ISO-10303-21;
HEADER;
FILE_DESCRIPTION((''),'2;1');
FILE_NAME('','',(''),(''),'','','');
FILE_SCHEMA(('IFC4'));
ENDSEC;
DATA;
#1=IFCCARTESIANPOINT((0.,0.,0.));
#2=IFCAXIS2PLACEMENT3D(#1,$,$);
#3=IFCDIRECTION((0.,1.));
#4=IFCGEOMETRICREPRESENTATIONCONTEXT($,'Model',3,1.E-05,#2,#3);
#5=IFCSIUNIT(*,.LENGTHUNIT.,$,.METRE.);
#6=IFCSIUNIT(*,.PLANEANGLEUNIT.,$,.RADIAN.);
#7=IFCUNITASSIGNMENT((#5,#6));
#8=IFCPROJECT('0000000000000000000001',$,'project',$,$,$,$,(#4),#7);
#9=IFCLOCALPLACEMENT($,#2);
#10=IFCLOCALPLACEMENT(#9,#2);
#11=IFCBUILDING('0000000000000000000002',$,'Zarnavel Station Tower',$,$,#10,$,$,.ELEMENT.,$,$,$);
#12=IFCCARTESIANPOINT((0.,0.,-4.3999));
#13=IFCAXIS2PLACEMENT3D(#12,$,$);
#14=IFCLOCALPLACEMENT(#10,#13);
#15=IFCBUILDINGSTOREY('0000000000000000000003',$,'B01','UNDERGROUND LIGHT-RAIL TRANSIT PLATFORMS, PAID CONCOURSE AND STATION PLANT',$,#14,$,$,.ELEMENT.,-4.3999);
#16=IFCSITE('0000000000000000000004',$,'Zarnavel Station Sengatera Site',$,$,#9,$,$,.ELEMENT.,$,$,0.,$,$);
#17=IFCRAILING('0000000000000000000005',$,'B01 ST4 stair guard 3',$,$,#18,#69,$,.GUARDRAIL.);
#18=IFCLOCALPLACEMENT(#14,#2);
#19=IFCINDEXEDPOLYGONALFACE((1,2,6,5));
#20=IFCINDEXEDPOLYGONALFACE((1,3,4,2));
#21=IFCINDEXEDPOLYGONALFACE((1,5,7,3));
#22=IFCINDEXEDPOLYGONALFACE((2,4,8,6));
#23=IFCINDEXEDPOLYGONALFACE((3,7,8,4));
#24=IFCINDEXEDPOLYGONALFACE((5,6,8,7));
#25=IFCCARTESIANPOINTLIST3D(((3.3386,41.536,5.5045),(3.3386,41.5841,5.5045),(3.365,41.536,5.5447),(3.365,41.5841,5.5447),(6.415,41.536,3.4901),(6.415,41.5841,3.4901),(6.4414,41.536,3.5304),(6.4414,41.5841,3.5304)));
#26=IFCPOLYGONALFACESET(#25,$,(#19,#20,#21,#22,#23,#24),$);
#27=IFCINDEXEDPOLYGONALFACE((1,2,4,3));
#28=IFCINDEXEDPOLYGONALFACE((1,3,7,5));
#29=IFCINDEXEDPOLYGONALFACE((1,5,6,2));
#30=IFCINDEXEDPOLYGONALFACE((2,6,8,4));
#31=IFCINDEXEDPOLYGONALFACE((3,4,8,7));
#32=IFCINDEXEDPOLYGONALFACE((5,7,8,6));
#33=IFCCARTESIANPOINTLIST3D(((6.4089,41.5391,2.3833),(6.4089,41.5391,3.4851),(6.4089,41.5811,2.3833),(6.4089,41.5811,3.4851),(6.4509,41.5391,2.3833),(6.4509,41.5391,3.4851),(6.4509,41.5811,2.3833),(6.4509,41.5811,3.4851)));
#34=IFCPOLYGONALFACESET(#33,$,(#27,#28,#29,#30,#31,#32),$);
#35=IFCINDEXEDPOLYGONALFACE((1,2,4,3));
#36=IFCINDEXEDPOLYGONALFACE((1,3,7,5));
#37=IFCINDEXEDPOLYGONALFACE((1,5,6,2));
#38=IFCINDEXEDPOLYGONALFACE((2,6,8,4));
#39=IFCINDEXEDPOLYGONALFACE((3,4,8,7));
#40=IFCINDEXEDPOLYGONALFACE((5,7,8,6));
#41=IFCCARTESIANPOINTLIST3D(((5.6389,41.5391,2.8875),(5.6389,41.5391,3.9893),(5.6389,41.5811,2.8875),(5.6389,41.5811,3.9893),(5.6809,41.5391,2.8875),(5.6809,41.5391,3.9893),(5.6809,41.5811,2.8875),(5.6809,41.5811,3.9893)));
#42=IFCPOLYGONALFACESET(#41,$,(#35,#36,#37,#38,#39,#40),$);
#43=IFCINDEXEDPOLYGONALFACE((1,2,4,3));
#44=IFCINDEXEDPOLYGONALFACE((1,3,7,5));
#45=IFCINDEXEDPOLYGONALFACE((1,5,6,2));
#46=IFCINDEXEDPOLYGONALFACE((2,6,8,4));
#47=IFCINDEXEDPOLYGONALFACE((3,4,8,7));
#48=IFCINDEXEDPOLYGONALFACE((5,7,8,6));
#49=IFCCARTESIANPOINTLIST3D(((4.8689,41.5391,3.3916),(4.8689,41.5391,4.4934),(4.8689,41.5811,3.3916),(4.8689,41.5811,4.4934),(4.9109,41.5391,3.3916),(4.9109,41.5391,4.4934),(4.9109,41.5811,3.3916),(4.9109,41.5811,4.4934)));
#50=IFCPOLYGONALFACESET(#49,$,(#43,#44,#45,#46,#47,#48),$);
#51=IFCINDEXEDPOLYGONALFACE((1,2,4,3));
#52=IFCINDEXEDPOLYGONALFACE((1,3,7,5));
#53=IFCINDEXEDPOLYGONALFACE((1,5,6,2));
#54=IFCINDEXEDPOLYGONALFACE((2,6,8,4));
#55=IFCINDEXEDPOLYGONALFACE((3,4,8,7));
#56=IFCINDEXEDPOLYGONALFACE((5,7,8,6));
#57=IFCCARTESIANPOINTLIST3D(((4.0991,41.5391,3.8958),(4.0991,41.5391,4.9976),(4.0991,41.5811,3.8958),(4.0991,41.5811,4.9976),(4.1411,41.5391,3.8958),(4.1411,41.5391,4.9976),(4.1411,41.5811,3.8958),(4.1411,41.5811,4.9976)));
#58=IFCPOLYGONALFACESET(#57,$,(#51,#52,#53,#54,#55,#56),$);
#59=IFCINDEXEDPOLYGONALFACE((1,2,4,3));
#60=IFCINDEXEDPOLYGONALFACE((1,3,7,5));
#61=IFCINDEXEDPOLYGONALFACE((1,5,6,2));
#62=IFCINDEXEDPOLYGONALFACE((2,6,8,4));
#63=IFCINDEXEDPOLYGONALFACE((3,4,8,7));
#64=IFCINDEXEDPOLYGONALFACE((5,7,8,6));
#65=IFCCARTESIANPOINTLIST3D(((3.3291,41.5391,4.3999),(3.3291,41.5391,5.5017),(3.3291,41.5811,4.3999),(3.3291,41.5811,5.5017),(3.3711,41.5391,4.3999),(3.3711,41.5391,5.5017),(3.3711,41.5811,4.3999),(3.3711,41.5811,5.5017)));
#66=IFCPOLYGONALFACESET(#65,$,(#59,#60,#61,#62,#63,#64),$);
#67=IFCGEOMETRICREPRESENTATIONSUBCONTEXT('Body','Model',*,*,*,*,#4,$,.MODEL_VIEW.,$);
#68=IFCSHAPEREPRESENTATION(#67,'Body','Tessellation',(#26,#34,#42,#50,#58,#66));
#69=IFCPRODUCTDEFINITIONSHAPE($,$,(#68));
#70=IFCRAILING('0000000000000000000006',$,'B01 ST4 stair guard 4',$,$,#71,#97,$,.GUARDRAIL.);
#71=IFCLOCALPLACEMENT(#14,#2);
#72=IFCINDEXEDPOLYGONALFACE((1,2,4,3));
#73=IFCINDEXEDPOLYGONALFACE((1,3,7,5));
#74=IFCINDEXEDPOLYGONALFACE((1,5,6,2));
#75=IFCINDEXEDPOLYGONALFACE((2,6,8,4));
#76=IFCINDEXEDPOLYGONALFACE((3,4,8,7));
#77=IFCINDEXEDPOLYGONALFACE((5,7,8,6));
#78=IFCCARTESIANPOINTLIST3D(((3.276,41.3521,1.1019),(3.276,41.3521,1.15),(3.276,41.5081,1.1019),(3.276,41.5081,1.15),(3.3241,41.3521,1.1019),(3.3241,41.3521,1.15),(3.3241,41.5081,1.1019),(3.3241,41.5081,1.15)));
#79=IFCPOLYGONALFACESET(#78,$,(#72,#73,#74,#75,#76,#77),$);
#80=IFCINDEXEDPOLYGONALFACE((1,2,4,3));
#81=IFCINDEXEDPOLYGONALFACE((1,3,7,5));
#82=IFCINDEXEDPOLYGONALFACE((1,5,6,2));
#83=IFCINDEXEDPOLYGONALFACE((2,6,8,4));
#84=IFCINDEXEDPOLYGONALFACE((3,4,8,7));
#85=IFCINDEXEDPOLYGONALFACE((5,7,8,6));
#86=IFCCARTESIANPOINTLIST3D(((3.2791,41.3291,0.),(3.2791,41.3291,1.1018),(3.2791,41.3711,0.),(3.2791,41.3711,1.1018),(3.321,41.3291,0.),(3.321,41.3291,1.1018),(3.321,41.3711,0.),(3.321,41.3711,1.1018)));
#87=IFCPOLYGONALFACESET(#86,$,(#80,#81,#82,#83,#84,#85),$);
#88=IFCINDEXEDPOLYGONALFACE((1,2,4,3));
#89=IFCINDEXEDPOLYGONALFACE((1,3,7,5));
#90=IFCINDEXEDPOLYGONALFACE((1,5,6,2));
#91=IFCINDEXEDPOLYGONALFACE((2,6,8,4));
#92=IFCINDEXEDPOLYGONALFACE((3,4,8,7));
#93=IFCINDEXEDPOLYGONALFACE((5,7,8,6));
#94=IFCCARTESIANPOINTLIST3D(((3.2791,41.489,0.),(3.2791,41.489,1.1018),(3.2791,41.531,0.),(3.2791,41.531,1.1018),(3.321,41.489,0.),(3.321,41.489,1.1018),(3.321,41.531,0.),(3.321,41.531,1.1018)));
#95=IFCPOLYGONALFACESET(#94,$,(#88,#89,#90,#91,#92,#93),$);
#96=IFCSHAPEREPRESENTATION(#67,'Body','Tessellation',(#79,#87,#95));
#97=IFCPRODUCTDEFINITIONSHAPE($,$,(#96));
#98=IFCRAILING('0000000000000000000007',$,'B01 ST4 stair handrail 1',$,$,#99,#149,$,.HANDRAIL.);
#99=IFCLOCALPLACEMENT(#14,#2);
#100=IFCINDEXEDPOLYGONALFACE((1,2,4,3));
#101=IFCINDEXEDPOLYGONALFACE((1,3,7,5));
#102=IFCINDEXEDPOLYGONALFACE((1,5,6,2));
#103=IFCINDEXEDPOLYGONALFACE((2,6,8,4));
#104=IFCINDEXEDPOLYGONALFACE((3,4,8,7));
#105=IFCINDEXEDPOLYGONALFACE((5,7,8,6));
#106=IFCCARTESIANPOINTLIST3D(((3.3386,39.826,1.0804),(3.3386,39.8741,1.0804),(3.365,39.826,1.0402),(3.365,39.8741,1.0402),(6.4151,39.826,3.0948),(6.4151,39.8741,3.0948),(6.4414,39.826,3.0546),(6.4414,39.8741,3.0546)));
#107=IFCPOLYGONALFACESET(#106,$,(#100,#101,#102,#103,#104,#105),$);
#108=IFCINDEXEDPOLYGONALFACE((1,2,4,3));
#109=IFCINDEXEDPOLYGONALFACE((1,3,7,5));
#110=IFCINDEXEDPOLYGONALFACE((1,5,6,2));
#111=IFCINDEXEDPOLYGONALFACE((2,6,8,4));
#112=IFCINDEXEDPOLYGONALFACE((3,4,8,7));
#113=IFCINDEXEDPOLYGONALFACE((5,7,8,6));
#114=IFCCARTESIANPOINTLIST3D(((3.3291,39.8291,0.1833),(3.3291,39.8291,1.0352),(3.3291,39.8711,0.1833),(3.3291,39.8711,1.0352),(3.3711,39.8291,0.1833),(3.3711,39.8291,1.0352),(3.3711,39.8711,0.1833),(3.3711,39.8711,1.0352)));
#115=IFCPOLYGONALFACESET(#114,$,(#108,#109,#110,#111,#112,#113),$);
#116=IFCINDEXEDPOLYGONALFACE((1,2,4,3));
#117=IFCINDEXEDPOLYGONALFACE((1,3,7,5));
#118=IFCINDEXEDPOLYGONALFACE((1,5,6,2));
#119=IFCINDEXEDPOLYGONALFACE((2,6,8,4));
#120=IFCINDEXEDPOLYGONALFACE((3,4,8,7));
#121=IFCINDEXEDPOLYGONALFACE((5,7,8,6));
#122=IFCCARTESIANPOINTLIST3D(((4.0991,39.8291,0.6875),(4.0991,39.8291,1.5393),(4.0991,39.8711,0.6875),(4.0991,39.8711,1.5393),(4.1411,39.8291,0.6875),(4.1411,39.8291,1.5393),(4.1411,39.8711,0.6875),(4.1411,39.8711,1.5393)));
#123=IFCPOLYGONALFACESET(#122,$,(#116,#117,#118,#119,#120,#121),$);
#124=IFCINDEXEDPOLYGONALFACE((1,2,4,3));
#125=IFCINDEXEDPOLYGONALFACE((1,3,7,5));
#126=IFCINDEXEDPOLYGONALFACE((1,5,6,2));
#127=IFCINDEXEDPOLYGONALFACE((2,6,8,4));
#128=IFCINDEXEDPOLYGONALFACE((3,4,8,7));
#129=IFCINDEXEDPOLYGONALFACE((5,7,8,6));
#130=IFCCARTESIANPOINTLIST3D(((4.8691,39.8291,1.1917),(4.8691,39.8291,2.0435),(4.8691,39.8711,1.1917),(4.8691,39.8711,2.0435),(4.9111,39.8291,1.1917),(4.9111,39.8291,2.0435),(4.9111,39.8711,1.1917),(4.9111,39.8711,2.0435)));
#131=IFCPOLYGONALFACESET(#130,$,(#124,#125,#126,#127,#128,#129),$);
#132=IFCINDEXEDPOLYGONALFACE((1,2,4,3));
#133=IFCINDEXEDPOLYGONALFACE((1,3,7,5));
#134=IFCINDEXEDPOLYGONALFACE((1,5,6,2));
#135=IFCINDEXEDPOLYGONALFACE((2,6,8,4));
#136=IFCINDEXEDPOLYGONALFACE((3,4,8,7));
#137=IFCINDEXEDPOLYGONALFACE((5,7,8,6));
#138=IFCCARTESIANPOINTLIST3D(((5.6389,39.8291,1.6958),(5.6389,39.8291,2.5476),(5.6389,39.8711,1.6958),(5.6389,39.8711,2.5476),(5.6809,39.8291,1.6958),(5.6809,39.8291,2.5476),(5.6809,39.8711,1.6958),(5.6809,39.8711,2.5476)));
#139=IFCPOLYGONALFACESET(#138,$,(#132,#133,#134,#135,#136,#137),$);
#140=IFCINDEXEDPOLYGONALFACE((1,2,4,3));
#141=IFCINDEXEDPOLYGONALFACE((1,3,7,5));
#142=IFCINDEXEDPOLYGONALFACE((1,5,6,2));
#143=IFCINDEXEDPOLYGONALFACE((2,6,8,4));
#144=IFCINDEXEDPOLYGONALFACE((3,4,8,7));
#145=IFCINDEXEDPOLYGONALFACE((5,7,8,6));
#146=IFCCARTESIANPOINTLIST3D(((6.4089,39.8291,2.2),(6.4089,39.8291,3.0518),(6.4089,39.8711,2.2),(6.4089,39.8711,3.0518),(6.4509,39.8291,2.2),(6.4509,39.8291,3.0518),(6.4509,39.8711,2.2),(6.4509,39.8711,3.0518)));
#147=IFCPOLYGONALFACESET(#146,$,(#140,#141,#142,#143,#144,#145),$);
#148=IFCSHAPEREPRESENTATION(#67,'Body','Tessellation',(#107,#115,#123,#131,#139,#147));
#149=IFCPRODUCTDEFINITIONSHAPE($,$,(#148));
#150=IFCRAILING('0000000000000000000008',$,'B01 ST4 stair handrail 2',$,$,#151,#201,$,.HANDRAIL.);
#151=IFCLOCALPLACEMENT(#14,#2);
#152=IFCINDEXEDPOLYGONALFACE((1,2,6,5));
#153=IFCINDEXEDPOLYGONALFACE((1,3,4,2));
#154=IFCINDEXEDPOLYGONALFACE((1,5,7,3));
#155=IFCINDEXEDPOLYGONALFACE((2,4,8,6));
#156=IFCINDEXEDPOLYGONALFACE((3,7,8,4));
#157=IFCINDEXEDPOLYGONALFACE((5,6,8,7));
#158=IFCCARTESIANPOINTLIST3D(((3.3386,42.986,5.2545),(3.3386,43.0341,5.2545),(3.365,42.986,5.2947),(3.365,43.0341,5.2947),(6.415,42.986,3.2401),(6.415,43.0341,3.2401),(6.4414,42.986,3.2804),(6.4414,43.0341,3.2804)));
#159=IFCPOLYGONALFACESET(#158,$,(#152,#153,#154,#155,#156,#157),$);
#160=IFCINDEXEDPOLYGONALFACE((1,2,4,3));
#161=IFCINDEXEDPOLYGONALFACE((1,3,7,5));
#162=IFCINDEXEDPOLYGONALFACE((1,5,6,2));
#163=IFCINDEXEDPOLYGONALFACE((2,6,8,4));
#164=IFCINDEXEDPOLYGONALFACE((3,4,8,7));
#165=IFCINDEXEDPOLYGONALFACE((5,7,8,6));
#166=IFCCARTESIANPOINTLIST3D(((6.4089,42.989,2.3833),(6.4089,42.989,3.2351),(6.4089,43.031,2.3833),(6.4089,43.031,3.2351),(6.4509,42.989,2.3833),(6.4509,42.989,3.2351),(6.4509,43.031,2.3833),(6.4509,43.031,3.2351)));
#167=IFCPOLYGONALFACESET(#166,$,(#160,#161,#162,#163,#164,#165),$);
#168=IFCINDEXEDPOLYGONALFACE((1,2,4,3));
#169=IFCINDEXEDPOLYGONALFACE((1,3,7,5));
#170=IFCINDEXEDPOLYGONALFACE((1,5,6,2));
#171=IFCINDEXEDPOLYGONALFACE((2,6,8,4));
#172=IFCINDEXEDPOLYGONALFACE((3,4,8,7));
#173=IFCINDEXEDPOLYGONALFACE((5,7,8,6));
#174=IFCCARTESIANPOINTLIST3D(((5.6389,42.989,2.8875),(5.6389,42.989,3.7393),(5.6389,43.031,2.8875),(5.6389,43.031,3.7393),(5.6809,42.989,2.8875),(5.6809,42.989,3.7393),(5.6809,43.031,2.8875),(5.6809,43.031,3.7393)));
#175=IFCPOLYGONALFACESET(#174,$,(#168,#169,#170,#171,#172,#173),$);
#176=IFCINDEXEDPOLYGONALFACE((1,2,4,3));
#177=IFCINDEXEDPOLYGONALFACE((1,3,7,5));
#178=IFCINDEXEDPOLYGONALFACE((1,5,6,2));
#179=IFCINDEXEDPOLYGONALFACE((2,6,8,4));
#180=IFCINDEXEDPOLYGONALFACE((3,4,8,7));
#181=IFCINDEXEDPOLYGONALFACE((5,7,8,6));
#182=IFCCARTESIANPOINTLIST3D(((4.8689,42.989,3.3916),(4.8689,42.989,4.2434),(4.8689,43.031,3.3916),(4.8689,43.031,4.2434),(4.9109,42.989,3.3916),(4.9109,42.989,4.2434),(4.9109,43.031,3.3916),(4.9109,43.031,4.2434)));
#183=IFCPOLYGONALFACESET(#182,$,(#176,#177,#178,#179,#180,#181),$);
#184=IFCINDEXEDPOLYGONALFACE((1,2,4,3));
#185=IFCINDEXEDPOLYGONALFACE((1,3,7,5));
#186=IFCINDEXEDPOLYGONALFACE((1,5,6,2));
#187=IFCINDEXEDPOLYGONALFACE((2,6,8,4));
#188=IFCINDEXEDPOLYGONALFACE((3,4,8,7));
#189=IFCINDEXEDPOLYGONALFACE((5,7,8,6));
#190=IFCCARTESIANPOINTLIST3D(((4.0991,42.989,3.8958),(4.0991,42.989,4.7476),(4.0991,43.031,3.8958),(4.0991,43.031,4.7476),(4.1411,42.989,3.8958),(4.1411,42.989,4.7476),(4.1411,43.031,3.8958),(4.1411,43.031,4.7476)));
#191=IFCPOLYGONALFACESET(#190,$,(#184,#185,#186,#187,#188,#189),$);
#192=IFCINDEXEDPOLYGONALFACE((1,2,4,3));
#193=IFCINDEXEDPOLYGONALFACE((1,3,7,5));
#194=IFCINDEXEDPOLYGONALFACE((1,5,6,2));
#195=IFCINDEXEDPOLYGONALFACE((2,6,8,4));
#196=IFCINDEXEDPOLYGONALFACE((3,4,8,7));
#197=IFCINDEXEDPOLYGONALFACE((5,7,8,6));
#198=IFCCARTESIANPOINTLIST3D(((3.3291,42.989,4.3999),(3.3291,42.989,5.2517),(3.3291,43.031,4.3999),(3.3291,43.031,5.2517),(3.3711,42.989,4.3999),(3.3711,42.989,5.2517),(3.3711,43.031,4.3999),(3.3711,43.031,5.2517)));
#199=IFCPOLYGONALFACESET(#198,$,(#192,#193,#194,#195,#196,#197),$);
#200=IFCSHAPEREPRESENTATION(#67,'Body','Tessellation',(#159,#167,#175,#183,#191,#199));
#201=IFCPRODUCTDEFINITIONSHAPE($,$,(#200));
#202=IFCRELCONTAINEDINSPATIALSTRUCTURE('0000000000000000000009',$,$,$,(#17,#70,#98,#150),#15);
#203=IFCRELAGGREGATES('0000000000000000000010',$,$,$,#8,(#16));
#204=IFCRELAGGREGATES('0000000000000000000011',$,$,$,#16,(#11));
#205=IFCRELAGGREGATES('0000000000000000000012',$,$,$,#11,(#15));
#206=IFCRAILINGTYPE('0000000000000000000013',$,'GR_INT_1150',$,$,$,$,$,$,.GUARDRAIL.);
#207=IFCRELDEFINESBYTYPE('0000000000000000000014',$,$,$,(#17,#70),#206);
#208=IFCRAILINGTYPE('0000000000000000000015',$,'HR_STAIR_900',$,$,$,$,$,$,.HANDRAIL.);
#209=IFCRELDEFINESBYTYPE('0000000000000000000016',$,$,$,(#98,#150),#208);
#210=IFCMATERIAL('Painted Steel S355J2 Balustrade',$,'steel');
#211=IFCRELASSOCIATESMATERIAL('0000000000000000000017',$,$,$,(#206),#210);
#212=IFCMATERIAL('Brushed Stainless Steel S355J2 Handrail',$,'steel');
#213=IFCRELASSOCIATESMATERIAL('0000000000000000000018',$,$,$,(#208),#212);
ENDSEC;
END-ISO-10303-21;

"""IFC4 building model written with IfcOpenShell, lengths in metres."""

from ifc_helpers import new_model, si_unit, direction, frame, origin, origin_2d, place, context, subcontext, project, spatial, rectangle, extrude, material, type_object, element, save


model = new_model("IFC4")

# Units and contexts
model_context = context("Model", 3, precision=1e-05, world=origin(), true_north=direction((0.0, 1.0)))
body_context = subcontext(model_context, "Body", "Model", "MODEL_VIEW")
ifc_project = project(units=[si_unit("LENGTHUNIT", "METRE"), si_unit("PLANEANGLEUNIT", "RADIAN")], contexts=[model_context])

# Site, building, storey
site_placement = place(None, origin())
site = spatial("IfcSite", under=ifc_project, at=site_placement, Name="Zarnavel Station Sengatera Site", CompositionType="ELEMENT", RefElevation=0.0)
building_placement = place(site_placement, origin())
building = spatial("IfcBuilding", under=site, at=building_placement, Name="Zarnavel Station Tower", CompositionType="ELEMENT")
storey_placement = place(building_placement, frame((0.0, 0.0, -4.3999)))
storey = spatial("IfcBuildingStorey", under=building, at=storey_placement, Name="B01", Description="UNDERGROUND LIGHT-RAIL TRANSIT PLATFORMS, PAID CONCOURSE AND STATION PLANT", CompositionType="ELEMENT", Elevation=-4.3999)

# Railings
ifc_material_1 = material(Name="Painted Steel S355J2 Balustrade", Category="steel")
railing_type_1 = type_object("IfcRailingType", Name="GR_INT_1150", PredefinedType="GUARDRAIL", material=ifc_material_1)
railing_1_placement = place(storey_placement, frame((6.4299, 41.5601, 2.3833)))
element("IfcRailing", 1, at=railing_1_placement, inside=storey, type_object=railing_type_1, Name="B01 ST4 stair guard 3", PredefinedType="GUARDRAIL", context=body_context, shape_type="SweptSolid", body=[
    extrude(rectangle(XDim=0.0481, YDim=0.0481, at=origin_2d()), frame((-0.0017, 0.0, 1.127), z_axis=(-0.836613, 0.0, 0.547794), x_axis=(0.0, -1.0, 0.0)), (0.0, 0.0, 1.0), 3.6772),
    extrude(rectangle(XDim=0.042, YDim=0.042, at=origin_2d()), origin(), (0.0, 0.0, 1.0), 1.1018),
    extrude(rectangle(XDim=0.042, YDim=0.042, at=origin_2d()), frame((-0.77, 0.0, 0.5042)), (0.0, 0.0, 1.0), 1.1018),
    extrude(rectangle(XDim=0.042, YDim=0.042, at=origin_2d()), frame((-1.54, 0.0, 1.0083)), (0.0, 0.0, 1.0), 1.1018),
    extrude(rectangle(XDim=0.042, YDim=0.042, at=origin_2d()), frame((-2.3098, 0.0, 1.5125)), (0.0, 0.0, 1.0), 1.1018),
    extrude(rectangle(XDim=0.042, YDim=0.042, at=origin_2d()), frame((-3.0798, 0.0, 2.0166)), (0.0, 0.0, 1.0), 1.1018),
])
railing_2_placement = place(storey_placement, frame((3.3, 41.3501, 0.0)))
element("IfcRailing", 2, at=railing_2_placement, inside=storey, type_object=railing_type_1, Name="B01 ST4 stair guard 4", PredefinedType="GUARDRAIL", context=body_context, shape_type="SweptSolid", body=[
    extrude(rectangle(XDim=0.0481, YDim=0.0481, at=origin_2d()), frame((0.0, 0.002, 1.126), z_axis=(0.0, 1.0, 0.0), x_axis=(-1.0, 0.0, 0.0)), (0.0, 0.0, 1.0), 0.156),
    extrude(rectangle(XDim=0.042, YDim=0.042, at=origin_2d()), origin(), (0.0, 0.0, 1.0), 1.1018),
    extrude(rectangle(XDim=0.042, YDim=0.042, at=origin_2d()), frame((0.0, 0.1599, 0.0)), (0.0, 0.0, 1.0), 1.1018),
])
ifc_material_2 = material(Name="Brushed Stainless Steel S355J2 Handrail", Category="steel")
railing_type_2 = type_object("IfcRailingType", Name="HR_STAIR_900", PredefinedType="HANDRAIL", material=ifc_material_2)
railing_3_placement = place(storey_placement, frame((3.3501, 39.8501, 0.1833)))
element("IfcRailing", 3, at=railing_3_placement, inside=storey, type_object=railing_type_2, Name="B01 ST4 stair handrail 1", PredefinedType="HANDRAIL", context=body_context, shape_type="SweptSolid", body=[
    extrude(rectangle(XDim=0.0481, YDim=0.0481, at=origin_2d()), frame((0.0017, 0.0, 0.877), z_axis=(0.836613, 0.0, 0.547794), x_axis=(0.0, 1.0, 0.0)), (0.0, 0.0, 1.0), 3.6772),
    extrude(rectangle(XDim=0.042, YDim=0.042, at=origin_2d()), origin(), (0.0, 0.0, 1.0), 0.8518),
    extrude(rectangle(XDim=0.042, YDim=0.042, at=origin_2d()), frame((0.77, 0.0, 0.5042)), (0.0, 0.0, 1.0), 0.8518),
    extrude(rectangle(XDim=0.042, YDim=0.042, at=origin_2d()), frame((1.54, 0.0, 1.0083)), (0.0, 0.0, 1.0), 0.8518),
    extrude(rectangle(XDim=0.042, YDim=0.042, at=origin_2d()), frame((2.3098, 0.0, 1.5125)), (0.0, 0.0, 1.0), 0.8518),
    extrude(rectangle(XDim=0.042, YDim=0.042, at=origin_2d()), frame((3.0798, 0.0, 2.0166)), (0.0, 0.0, 1.0), 0.8518),
])
railing_4_placement = place(storey_placement, frame((6.4299, 43.01, 2.3833)))
element("IfcRailing", 4, at=railing_4_placement, inside=storey, type_object=railing_type_2, Name="B01 ST4 stair handrail 2", PredefinedType="HANDRAIL", context=body_context, shape_type="SweptSolid", body=[
    extrude(rectangle(XDim=0.0481, YDim=0.0481, at=origin_2d()), frame((-0.0017, 0.0, 0.877), z_axis=(-0.836613, 0.0, 0.547794), x_axis=(0.0, -1.0, 0.0)), (0.0, 0.0, 1.0), 3.6772),
    extrude(rectangle(XDim=0.042, YDim=0.042, at=origin_2d()), origin(), (0.0, 0.0, 1.0), 0.8518),
    extrude(rectangle(XDim=0.042, YDim=0.042, at=origin_2d()), frame((-0.77, 0.0, 0.5042)), (0.0, 0.0, 1.0), 0.8518),
    extrude(rectangle(XDim=0.042, YDim=0.042, at=origin_2d()), frame((-1.54, 0.0, 1.0083)), (0.0, 0.0, 1.0), 0.8518),
    extrude(rectangle(XDim=0.042, YDim=0.042, at=origin_2d()), frame((-2.3098, 0.0, 1.5125)), (0.0, 0.0, 1.0), 0.8518),
    extrude(rectangle(XDim=0.042, YDim=0.042, at=origin_2d()), frame((-3.0798, 0.0, 2.0166)), (0.0, 0.0, 1.0), 0.8518),
])

save(model, "model.ifc")
